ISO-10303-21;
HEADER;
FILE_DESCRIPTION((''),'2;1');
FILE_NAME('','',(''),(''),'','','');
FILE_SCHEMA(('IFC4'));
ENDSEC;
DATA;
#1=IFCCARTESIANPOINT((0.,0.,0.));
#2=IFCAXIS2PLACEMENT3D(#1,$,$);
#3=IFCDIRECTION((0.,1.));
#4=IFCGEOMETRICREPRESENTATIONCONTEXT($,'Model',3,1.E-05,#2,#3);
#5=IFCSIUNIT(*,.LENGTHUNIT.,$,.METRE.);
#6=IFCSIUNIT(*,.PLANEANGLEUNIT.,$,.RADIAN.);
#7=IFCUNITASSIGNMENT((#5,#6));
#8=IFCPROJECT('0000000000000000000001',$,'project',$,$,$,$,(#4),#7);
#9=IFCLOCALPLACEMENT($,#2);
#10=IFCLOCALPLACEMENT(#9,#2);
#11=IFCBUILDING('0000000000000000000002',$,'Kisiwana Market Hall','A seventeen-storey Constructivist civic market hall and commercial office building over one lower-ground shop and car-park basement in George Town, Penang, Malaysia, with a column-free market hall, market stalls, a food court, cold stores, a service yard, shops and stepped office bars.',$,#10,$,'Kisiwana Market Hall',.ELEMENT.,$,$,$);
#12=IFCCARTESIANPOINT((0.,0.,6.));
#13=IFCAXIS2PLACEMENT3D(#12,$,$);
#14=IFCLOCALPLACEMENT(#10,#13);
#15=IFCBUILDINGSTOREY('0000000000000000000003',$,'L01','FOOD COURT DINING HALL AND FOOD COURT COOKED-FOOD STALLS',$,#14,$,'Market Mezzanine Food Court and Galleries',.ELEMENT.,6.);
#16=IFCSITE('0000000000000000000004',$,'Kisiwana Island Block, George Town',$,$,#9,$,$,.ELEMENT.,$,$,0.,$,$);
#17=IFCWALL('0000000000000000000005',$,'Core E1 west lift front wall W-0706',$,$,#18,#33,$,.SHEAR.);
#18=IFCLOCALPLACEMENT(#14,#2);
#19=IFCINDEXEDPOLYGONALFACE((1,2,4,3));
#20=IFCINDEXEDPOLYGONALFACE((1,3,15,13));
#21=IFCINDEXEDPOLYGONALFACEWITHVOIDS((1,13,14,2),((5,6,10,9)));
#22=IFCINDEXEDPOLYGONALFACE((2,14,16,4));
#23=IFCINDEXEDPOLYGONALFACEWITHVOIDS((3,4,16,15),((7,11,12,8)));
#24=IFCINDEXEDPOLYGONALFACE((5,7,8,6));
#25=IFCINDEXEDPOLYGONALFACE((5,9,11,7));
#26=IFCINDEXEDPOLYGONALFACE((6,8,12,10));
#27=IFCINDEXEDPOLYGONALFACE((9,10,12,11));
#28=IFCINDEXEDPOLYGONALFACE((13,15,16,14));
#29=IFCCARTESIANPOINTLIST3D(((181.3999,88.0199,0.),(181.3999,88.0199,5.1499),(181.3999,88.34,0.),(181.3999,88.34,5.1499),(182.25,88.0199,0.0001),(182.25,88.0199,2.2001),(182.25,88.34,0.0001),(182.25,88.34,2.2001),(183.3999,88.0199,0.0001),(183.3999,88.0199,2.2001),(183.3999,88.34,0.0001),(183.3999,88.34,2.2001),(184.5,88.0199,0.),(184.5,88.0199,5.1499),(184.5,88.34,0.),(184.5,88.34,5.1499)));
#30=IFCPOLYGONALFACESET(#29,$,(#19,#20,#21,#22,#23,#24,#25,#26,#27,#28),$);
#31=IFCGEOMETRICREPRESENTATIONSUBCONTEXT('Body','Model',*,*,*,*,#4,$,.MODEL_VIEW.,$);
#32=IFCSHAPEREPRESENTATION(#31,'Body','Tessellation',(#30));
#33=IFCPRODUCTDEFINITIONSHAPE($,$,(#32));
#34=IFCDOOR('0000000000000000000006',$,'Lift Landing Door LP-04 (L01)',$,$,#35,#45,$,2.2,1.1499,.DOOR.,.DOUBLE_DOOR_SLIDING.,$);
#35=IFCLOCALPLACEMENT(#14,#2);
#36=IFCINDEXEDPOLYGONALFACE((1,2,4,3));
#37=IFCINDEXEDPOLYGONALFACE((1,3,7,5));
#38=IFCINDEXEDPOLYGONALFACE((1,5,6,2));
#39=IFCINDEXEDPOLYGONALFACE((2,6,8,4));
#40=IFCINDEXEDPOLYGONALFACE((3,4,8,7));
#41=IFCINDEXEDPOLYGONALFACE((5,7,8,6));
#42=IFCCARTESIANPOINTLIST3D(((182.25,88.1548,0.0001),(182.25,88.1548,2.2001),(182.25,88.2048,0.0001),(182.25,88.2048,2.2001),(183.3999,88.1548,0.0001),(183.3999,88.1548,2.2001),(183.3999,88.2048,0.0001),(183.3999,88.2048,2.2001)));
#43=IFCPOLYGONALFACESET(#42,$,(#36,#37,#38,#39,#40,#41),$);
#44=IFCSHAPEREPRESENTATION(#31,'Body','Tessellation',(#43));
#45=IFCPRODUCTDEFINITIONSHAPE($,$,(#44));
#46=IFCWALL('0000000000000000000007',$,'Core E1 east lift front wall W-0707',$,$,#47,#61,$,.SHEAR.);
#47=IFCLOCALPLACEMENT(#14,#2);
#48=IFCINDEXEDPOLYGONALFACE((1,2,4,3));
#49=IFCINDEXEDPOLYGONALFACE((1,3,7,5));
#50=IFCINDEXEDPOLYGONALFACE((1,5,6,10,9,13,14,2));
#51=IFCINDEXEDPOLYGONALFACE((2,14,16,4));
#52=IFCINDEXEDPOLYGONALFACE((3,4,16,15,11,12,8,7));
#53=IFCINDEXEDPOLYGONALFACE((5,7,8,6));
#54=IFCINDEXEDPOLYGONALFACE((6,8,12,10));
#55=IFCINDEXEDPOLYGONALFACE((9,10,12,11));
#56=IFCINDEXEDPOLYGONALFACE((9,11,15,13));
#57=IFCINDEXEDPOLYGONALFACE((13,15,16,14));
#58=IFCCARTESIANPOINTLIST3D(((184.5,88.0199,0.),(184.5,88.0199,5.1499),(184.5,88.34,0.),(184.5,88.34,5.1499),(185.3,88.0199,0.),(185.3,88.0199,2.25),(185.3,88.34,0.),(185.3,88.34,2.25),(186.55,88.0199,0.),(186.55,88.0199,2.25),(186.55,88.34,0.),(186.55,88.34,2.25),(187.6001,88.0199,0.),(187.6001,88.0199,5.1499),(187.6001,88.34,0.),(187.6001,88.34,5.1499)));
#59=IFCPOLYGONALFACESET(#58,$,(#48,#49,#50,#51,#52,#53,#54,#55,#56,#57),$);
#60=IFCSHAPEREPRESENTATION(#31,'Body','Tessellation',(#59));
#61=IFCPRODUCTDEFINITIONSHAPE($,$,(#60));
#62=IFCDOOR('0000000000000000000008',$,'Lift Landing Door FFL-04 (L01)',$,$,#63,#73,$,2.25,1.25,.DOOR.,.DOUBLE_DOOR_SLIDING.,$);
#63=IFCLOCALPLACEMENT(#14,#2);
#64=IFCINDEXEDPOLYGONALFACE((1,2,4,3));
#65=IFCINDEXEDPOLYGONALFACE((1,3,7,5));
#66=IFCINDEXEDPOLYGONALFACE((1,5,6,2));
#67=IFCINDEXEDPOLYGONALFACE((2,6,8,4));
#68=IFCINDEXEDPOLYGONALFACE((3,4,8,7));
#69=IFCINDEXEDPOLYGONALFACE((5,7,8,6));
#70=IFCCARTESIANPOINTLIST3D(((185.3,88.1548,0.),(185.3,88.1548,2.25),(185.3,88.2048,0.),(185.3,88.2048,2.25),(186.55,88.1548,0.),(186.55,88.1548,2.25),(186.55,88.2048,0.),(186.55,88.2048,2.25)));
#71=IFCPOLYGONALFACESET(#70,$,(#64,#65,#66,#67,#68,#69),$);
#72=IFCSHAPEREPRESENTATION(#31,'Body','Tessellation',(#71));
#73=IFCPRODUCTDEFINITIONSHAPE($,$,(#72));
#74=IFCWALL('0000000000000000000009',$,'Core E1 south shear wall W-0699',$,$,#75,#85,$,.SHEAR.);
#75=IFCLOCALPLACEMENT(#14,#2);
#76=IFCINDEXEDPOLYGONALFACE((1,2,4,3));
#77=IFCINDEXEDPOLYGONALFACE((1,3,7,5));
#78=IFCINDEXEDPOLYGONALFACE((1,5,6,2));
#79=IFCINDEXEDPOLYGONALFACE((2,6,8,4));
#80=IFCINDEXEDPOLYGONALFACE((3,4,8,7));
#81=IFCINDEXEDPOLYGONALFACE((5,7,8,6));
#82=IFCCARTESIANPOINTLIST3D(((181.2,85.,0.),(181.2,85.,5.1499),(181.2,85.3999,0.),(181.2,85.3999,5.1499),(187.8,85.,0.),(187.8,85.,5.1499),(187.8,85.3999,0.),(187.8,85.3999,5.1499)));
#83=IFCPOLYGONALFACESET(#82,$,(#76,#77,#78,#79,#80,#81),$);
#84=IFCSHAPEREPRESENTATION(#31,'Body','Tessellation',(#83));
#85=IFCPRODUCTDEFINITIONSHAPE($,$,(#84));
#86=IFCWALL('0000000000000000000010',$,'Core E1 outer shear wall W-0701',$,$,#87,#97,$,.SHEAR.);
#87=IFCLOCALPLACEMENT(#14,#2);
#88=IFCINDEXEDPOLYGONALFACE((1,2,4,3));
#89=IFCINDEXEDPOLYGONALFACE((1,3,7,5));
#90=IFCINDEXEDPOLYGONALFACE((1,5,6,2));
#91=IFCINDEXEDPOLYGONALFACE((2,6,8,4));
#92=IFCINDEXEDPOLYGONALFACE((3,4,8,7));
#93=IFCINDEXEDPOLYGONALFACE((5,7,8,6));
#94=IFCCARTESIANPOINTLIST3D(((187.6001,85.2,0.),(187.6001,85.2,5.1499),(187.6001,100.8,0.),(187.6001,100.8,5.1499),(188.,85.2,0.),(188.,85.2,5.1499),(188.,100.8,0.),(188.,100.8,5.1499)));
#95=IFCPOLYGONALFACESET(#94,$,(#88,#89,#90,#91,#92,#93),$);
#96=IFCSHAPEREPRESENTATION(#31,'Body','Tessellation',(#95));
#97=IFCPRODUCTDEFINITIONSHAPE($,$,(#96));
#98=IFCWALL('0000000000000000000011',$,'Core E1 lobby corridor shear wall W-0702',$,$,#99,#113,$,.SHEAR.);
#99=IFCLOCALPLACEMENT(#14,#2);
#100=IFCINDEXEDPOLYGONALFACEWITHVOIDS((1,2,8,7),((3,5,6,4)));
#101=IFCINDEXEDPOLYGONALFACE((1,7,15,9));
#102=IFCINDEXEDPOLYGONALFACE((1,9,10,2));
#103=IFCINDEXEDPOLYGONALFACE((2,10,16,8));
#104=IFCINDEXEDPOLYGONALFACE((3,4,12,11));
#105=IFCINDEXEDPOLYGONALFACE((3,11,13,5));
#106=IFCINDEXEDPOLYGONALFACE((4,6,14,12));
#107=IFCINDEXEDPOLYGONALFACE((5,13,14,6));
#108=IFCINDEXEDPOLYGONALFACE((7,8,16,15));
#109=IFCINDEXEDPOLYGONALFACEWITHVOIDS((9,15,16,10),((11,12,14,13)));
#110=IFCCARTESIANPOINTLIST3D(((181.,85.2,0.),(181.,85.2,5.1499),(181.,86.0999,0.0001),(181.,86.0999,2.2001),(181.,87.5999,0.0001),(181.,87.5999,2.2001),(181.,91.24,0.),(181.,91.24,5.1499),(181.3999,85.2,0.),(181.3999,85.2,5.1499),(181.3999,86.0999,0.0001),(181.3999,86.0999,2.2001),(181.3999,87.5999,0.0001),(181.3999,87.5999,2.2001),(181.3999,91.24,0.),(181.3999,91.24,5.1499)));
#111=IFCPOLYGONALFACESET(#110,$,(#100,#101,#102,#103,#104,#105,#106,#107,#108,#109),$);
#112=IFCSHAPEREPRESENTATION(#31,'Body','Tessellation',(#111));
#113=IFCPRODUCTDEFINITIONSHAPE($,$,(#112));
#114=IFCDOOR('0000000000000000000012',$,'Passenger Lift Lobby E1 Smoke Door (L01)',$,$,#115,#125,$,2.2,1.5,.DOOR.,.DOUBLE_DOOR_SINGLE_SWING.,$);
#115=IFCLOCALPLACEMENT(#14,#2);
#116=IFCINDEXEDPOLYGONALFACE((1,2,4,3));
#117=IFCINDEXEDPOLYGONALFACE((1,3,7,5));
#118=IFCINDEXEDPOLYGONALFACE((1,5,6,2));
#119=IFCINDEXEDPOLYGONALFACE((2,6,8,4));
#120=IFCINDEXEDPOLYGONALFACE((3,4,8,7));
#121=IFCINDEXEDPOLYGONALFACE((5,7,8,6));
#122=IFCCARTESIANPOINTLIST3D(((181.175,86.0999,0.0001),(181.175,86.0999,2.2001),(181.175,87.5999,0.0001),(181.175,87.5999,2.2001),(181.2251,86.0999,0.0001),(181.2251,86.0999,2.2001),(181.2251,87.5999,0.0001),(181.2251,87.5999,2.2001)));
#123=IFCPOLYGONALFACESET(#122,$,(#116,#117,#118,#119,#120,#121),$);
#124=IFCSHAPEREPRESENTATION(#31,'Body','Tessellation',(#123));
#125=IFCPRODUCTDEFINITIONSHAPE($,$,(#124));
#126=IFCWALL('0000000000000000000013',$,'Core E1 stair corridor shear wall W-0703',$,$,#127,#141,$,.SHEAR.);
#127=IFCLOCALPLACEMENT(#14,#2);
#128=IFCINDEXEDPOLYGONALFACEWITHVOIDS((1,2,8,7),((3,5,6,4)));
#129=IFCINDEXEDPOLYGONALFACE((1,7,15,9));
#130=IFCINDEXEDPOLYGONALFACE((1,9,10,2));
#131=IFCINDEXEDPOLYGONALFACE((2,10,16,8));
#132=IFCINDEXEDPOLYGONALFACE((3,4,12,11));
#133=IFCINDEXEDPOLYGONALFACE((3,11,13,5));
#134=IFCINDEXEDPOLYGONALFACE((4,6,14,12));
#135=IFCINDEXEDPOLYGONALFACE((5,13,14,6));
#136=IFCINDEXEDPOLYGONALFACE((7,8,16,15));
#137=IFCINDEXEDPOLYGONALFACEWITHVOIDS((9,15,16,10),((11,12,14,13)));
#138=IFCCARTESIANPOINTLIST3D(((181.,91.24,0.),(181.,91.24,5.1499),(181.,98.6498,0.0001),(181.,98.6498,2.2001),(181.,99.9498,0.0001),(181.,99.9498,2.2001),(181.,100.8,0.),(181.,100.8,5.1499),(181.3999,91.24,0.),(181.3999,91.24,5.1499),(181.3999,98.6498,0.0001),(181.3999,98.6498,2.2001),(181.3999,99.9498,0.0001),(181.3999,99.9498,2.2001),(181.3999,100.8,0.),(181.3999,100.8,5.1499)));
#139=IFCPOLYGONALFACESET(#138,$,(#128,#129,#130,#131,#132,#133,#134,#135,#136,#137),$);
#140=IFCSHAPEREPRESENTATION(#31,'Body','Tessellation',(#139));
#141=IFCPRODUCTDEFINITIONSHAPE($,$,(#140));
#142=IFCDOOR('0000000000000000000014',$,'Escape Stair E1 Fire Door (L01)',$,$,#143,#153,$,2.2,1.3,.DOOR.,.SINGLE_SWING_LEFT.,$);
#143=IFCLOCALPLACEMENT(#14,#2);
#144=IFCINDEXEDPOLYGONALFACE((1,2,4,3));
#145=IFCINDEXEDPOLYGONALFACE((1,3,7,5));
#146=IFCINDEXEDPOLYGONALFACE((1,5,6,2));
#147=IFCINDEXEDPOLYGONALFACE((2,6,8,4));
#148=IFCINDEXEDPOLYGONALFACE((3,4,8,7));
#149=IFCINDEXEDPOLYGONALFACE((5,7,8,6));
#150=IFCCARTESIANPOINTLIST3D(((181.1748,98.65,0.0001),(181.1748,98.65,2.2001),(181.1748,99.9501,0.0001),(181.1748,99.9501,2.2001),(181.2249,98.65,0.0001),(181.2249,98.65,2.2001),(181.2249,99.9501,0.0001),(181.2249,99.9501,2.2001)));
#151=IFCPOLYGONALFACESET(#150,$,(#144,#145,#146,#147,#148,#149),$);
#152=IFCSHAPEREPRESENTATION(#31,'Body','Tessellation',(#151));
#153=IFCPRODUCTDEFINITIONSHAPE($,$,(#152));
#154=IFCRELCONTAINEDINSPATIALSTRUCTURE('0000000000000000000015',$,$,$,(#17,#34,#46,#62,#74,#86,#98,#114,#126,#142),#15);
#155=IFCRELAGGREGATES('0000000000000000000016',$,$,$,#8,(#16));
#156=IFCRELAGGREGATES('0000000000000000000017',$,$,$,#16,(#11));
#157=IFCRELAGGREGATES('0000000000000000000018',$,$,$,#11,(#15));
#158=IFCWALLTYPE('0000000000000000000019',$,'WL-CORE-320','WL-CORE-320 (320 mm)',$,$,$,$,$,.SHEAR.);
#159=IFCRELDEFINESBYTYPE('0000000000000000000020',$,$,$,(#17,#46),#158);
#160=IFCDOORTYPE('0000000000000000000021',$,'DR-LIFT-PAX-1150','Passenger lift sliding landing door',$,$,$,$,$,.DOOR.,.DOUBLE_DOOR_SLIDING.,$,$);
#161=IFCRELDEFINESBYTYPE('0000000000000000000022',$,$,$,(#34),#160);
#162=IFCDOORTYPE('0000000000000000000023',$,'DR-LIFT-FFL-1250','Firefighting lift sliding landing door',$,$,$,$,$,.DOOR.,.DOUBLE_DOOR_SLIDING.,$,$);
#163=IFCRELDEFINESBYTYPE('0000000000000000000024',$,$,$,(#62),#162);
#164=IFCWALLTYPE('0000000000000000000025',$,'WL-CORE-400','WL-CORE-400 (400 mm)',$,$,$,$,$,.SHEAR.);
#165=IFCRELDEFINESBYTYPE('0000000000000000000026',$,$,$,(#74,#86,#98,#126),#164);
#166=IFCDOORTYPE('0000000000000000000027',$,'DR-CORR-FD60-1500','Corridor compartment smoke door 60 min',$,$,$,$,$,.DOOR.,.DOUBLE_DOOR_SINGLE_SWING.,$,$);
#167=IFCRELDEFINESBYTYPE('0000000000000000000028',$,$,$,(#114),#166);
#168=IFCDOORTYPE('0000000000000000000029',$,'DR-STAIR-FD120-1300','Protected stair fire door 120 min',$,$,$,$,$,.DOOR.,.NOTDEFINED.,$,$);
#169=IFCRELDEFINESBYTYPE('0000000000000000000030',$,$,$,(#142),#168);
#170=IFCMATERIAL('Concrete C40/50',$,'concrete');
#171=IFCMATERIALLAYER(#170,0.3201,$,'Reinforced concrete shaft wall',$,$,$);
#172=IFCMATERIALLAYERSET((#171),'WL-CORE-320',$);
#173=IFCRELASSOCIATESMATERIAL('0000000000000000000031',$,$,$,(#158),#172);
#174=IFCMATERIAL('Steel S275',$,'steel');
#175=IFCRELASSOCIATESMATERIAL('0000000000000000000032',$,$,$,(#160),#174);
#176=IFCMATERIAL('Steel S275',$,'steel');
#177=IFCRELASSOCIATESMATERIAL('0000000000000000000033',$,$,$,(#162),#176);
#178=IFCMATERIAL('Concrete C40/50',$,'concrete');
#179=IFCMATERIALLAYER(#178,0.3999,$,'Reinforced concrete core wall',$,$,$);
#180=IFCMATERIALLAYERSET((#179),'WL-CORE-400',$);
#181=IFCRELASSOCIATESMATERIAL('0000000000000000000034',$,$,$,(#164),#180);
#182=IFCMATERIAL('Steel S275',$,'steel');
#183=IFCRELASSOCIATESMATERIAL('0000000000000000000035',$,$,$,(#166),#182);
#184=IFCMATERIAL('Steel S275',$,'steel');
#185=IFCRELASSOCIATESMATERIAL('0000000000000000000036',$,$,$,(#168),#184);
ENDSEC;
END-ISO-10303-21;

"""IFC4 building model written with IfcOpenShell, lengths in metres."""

from ifc_helpers import new_model, si_unit, direction, frame, frame_2d, origin, place, context, subcontext, project, spatial, rectangle, extrude, material, layer, layer_set, type_object, element, fill, save


model = new_model("IFC4")

# Units and contexts
model_context = context("Model", 3, precision=1e-05, world=origin(), true_north=direction((0.0, 1.0)))
body_context = subcontext(model_context, "Body", "Model", "MODEL_VIEW")
ifc_project = project(units=[si_unit("LENGTHUNIT", "METRE"), si_unit("PLANEANGLEUNIT", "RADIAN")], contexts=[model_context])

# Site, building, storey
site_placement = place(None, origin())
site = spatial("IfcSite", under=ifc_project, at=site_placement, Name="Kisiwana Island Block, George Town", CompositionType="ELEMENT", RefElevation=0.0)
building_placement = place(site_placement, origin())
building = spatial("IfcBuilding", under=site, at=building_placement, Name="Kisiwana Market Hall", Description="A seventeen-storey Constructivist civic market hall and commercial office building over one lower-ground shop and car-park basement in George Town, Penang, Malaysia, with a column-free market hall, market stalls, a food court, cold stores, a service yard, shops and stepped office bars.", LongName="Kisiwana Market Hall", CompositionType="ELEMENT")
storey_placement = place(building_placement, frame((0.0, 0.0, 6.0)))
storey = spatial("IfcBuildingStorey", under=building, at=storey_placement, Name="L01", Description="FOOD COURT DINING HALL AND FOOD COURT COOKED-FOOD STALLS", LongName="Market Mezzanine Food Court and Galleries", CompositionType="ELEMENT", Elevation=6.0)

# Shared definitions
ifc_material_1 = material(Name="Concrete C40/50", Category="concrete")
ifc_layer_1 = layer(ifc_material_1, 0.3201, Name="Reinforced concrete shaft wall")
ifc_layer_set_1 = layer_set([ifc_layer_1], Name="WL-CORE-320")
wall_type_1 = type_object("IfcWallType", Name="WL-CORE-320", Description="WL-CORE-320 (320 mm)", PredefinedType="SHEAR", material=ifc_layer_set_1)

# Walls, openings, doors
wall_1_placement = place(storey_placement, frame((181.3999, 88.1799, 0.0), z_axis=(0.0, 0.0, 1.0), x_axis=(1.0, 0.0, 0.0)))
wall_1 = element("IfcWall", 1, at=wall_1_placement, inside=storey, type_object=wall_type_1, Name="Core E1 west lift front wall W-0706", PredefinedType="SHEAR", context=body_context, shape_type="SweptSolid", body=[
    extrude(rectangle(XDim=3.1001, YDim=0.3201, at=frame_2d((1.55, 0.0))), origin(), (0.0, 0.0, 1.0), 5.1499),
])
opening_1_placement = place(wall_1_placement, frame((0.8501, 0.0, 0.0)))
opening_1 = element("IfcOpeningElement", 2, at=opening_1_placement, cuts=wall_1, PredefinedType="OPENING", context=body_context, shape_type="SweptSolid", body=[
    extrude(rectangle(XDim=1.1499, YDim=2.2, at=frame_2d((0.575, 1.1001))), frame((0.0, 0.1719, 0.0), z_axis=(0.0, -1.0, 0.0), x_axis=(1.0, 0.0, 0.0)), (0.0, 0.0, 1.0), 0.344),
])
ifc_material_2 = material(Name="Steel S275", Category="steel")
door_type_1 = type_object("IfcDoorType", Name="DR-LIFT-PAX-1150", Description="Passenger lift sliding landing door", OperationType="DOUBLE_DOOR_SLIDING", PredefinedType="DOOR", material=ifc_material_2)
door_1_placement = place(opening_1_placement, origin())
door_1 = element("IfcDoor", 3, at=door_1_placement, inside=storey, type_object=door_type_1, Name="Lift Landing Door LP-04 (L01)", OperationType="DOUBLE_DOOR_SLIDING", OverallHeight=2.2, OverallWidth=1.1499, PredefinedType="DOOR", context=body_context, shape_type="SweptSolid", body=[
    extrude(rectangle(XDim=1.1499, YDim=2.2, at=frame_2d((0.575, 1.1001))), frame((0.0, 0.0249, 0.0), z_axis=(0.0, -1.0, 0.0), x_axis=(1.0, 0.0, 0.0)), (0.0, 0.0, 1.0), 0.05),
])
fill(opening_1, door_1)
wall_2_placement = place(storey_placement, frame((184.5, 88.1799, 0.0), z_axis=(0.0, 0.0, 1.0), x_axis=(1.0, 0.0, 0.0)))
wall_2 = element("IfcWall", 4, at=wall_2_placement, inside=storey, type_object=wall_type_1, Name="Core E1 east lift front wall W-0707", PredefinedType="SHEAR", context=body_context, shape_type="SweptSolid", body=[
    extrude(rectangle(XDim=3.1001, YDim=0.3201, at=frame_2d((1.55, 0.0))), origin(), (0.0, 0.0, 1.0), 5.1499),
])
opening_2_placement = place(wall_2_placement, frame((0.8, 0.0, 0.0)))
opening_2 = element("IfcOpeningElement", 5, at=opening_2_placement, cuts=wall_2, PredefinedType="OPENING", context=body_context, shape_type="SweptSolid", body=[
    extrude(rectangle(XDim=1.25, YDim=2.25, at=frame_2d((0.625, 1.125))), frame((0.0, 0.1719, 0.0), z_axis=(0.0, -1.0, 0.0), x_axis=(1.0, 0.0, 0.0)), (0.0, 0.0, 1.0), 0.344),
])
ifc_material_3 = material(Name="Steel S275", Category="steel")
door_type_2 = type_object("IfcDoorType", Name="DR-LIFT-FFL-1250", Description="Firefighting lift sliding landing door", OperationType="DOUBLE_DOOR_SLIDING", PredefinedType="DOOR", material=ifc_material_3)
door_2_placement = place(opening_2_placement, origin())
door_2 = element("IfcDoor", 6, at=door_2_placement, inside=storey, type_object=door_type_2, Name="Lift Landing Door FFL-04 (L01)", OperationType="DOUBLE_DOOR_SLIDING", OverallHeight=2.25, OverallWidth=1.25, PredefinedType="DOOR", context=body_context, shape_type="SweptSolid", body=[
    extrude(rectangle(XDim=1.25, YDim=2.25, at=frame_2d((0.625, 1.125))), frame((0.0, 0.0249, 0.0), z_axis=(0.0, -1.0, 0.0), x_axis=(1.0, 0.0, 0.0)), (0.0, 0.0, 1.0), 0.05),
])
fill(opening_2, door_2)

# Walls
ifc_material_4 = material(Name="Concrete C40/50", Category="concrete")
ifc_layer_2 = layer(ifc_material_4, 0.3999, Name="Reinforced concrete core wall")
ifc_layer_set_2 = layer_set([ifc_layer_2], Name="WL-CORE-400")
wall_type_2 = type_object("IfcWallType", Name="WL-CORE-400", Description="WL-CORE-400 (400 mm)", PredefinedType="SHEAR", material=ifc_layer_set_2)
wall_3_placement = place(storey_placement, frame((181.2, 85.2, 0.0), z_axis=(0.0, 0.0, 1.0), x_axis=(1.0, 0.0, 0.0)))
element("IfcWall", 7, at=wall_3_placement, inside=storey, type_object=wall_type_2, Name="Core E1 south shear wall W-0699", PredefinedType="SHEAR", context=body_context, shape_type="SweptSolid", body=[
    extrude(rectangle(XDim=6.6001, YDim=0.3999, at=frame_2d((3.3, 0.0))), origin(), (0.0, 0.0, 1.0), 5.1499),
])
wall_4_placement = place(storey_placement, frame((187.8, 85.2, 0.0), z_axis=(0.0, 0.0, 1.0), x_axis=(0.0, 1.0, 0.0)))
element("IfcWall", 8, at=wall_4_placement, inside=storey, type_object=wall_type_2, Name="Core E1 outer shear wall W-0701", PredefinedType="SHEAR", context=body_context, shape_type="SweptSolid", body=[
    extrude(rectangle(XDim=15.6001, YDim=0.3999, at=frame_2d((7.8, 0.0))), origin(), (0.0, 0.0, 1.0), 5.1499),
])

# Walls, openings, doors
wall_5_placement = place(storey_placement, frame((181.2, 85.2, 0.0), z_axis=(0.0, 0.0, 1.0), x_axis=(0.0, 1.0, 0.0)))
wall_5 = element("IfcWall", 9, at=wall_5_placement, inside=storey, type_object=wall_type_2, Name="Core E1 lobby corridor shear wall W-0702", PredefinedType="SHEAR", context=body_context, shape_type="SweptSolid", body=[
    extrude(rectangle(XDim=6.04, YDim=0.3999, at=frame_2d((3.02, 0.0))), origin(), (0.0, 0.0, 1.0), 5.1499),
])
opening_3_placement = place(wall_5_placement, frame((0.8999, 0.0, 0.0)))
opening_3 = element("IfcOpeningElement", 10, at=opening_3_placement, cuts=wall_5, PredefinedType="OPENING", context=body_context, shape_type="SweptSolid", body=[
    extrude(rectangle(XDim=1.5, YDim=2.2, at=frame_2d((0.75, 1.1001))), frame((0.0, 0.2119, 0.0), z_axis=(0.0, -1.0, 0.0), x_axis=(1.0, 0.0, 0.0)), (0.0, 0.0, 1.0), 0.4238),
])
ifc_material_5 = material(Name="Steel S275", Category="steel")
door_type_3 = type_object("IfcDoorType", Name="DR-CORR-FD60-1500", Description="Corridor compartment smoke door 60 min", OperationType="DOUBLE_DOOR_SINGLE_SWING", PredefinedType="DOOR", material=ifc_material_5)
door_3_placement = place(opening_3_placement, origin())
door_3 = element("IfcDoor", 11, at=door_3_placement, inside=storey, type_object=door_type_3, Name="Passenger Lift Lobby E1 Smoke Door (L01)", OperationType="DOUBLE_DOOR_SINGLE_SWING", OverallHeight=2.2, OverallWidth=1.5, PredefinedType="DOOR", context=body_context, shape_type="SweptSolid", body=[
    extrude(rectangle(XDim=1.5, YDim=2.2, at=frame_2d((0.75, 1.1001))), frame((0.0, 0.0249, 0.0), z_axis=(0.0, -1.0, 0.0), x_axis=(1.0, 0.0, 0.0)), (0.0, 0.0, 1.0), 0.05),
])
fill(opening_3, door_3)
wall_6_placement = place(storey_placement, frame((181.2, 91.24, 0.0), z_axis=(0.0, 0.0, 1.0), x_axis=(0.0, 1.0, 0.0)))
wall_6 = element("IfcWall", 12, at=wall_6_placement, inside=storey, type_object=wall_type_2, Name="Core E1 stair corridor shear wall W-0703", PredefinedType="SHEAR", context=body_context, shape_type="SweptSolid", body=[
    extrude(rectangle(XDim=9.5601, YDim=0.3999, at=frame_2d((4.78, 0.0))), origin(), (0.0, 0.0, 1.0), 5.1499),
])
opening_4_placement = place(wall_6_placement, frame((7.4099, 0.0, 0.0)))
opening_4 = element("IfcOpeningElement", 13, at=opening_4_placement, cuts=wall_6, PredefinedType="OPENING", context=body_context, shape_type="SweptSolid", body=[
    extrude(rectangle(XDim=1.3, YDim=2.2, at=frame_2d((0.6499, 1.1001))), frame((0.0, 0.2119, 0.0), z_axis=(0.0, -1.0, 0.0), x_axis=(1.0, 0.0, 0.0)), (0.0, 0.0, 1.0), 0.4238),
])
ifc_material_6 = material(Name="Steel S275", Category="steel")
door_type_4 = type_object("IfcDoorType", Name="DR-STAIR-FD120-1300", Description="Protected stair fire door 120 min", OperationType="NOTDEFINED", PredefinedType="DOOR", material=ifc_material_6)
door_4_placement = place(opening_4_placement, frame((1.3, 0.0, 0.0), z_axis=(0.0, 0.0, 1.0), x_axis=(-1.0, 0.0, 0.0)))
door_4 = element("IfcDoor", 14, at=door_4_placement, inside=storey, type_object=door_type_4, Name="Escape Stair E1 Fire Door (L01)", OperationType="SINGLE_SWING_LEFT", OverallHeight=2.2, OverallWidth=1.3, PredefinedType="DOOR", context=body_context, shape_type="SweptSolid", body=[
    extrude(rectangle(XDim=1.3, YDim=2.2, at=frame_2d((0.6499, 1.1001))), frame((0.0, 0.0249, 0.0), z_axis=(0.0, -1.0, 0.0), x_axis=(1.0, 0.0, 0.0)), (0.0, 0.0, 1.0), 0.05),
])
fill(opening_4, door_4)

save(model, "model.ifc")
